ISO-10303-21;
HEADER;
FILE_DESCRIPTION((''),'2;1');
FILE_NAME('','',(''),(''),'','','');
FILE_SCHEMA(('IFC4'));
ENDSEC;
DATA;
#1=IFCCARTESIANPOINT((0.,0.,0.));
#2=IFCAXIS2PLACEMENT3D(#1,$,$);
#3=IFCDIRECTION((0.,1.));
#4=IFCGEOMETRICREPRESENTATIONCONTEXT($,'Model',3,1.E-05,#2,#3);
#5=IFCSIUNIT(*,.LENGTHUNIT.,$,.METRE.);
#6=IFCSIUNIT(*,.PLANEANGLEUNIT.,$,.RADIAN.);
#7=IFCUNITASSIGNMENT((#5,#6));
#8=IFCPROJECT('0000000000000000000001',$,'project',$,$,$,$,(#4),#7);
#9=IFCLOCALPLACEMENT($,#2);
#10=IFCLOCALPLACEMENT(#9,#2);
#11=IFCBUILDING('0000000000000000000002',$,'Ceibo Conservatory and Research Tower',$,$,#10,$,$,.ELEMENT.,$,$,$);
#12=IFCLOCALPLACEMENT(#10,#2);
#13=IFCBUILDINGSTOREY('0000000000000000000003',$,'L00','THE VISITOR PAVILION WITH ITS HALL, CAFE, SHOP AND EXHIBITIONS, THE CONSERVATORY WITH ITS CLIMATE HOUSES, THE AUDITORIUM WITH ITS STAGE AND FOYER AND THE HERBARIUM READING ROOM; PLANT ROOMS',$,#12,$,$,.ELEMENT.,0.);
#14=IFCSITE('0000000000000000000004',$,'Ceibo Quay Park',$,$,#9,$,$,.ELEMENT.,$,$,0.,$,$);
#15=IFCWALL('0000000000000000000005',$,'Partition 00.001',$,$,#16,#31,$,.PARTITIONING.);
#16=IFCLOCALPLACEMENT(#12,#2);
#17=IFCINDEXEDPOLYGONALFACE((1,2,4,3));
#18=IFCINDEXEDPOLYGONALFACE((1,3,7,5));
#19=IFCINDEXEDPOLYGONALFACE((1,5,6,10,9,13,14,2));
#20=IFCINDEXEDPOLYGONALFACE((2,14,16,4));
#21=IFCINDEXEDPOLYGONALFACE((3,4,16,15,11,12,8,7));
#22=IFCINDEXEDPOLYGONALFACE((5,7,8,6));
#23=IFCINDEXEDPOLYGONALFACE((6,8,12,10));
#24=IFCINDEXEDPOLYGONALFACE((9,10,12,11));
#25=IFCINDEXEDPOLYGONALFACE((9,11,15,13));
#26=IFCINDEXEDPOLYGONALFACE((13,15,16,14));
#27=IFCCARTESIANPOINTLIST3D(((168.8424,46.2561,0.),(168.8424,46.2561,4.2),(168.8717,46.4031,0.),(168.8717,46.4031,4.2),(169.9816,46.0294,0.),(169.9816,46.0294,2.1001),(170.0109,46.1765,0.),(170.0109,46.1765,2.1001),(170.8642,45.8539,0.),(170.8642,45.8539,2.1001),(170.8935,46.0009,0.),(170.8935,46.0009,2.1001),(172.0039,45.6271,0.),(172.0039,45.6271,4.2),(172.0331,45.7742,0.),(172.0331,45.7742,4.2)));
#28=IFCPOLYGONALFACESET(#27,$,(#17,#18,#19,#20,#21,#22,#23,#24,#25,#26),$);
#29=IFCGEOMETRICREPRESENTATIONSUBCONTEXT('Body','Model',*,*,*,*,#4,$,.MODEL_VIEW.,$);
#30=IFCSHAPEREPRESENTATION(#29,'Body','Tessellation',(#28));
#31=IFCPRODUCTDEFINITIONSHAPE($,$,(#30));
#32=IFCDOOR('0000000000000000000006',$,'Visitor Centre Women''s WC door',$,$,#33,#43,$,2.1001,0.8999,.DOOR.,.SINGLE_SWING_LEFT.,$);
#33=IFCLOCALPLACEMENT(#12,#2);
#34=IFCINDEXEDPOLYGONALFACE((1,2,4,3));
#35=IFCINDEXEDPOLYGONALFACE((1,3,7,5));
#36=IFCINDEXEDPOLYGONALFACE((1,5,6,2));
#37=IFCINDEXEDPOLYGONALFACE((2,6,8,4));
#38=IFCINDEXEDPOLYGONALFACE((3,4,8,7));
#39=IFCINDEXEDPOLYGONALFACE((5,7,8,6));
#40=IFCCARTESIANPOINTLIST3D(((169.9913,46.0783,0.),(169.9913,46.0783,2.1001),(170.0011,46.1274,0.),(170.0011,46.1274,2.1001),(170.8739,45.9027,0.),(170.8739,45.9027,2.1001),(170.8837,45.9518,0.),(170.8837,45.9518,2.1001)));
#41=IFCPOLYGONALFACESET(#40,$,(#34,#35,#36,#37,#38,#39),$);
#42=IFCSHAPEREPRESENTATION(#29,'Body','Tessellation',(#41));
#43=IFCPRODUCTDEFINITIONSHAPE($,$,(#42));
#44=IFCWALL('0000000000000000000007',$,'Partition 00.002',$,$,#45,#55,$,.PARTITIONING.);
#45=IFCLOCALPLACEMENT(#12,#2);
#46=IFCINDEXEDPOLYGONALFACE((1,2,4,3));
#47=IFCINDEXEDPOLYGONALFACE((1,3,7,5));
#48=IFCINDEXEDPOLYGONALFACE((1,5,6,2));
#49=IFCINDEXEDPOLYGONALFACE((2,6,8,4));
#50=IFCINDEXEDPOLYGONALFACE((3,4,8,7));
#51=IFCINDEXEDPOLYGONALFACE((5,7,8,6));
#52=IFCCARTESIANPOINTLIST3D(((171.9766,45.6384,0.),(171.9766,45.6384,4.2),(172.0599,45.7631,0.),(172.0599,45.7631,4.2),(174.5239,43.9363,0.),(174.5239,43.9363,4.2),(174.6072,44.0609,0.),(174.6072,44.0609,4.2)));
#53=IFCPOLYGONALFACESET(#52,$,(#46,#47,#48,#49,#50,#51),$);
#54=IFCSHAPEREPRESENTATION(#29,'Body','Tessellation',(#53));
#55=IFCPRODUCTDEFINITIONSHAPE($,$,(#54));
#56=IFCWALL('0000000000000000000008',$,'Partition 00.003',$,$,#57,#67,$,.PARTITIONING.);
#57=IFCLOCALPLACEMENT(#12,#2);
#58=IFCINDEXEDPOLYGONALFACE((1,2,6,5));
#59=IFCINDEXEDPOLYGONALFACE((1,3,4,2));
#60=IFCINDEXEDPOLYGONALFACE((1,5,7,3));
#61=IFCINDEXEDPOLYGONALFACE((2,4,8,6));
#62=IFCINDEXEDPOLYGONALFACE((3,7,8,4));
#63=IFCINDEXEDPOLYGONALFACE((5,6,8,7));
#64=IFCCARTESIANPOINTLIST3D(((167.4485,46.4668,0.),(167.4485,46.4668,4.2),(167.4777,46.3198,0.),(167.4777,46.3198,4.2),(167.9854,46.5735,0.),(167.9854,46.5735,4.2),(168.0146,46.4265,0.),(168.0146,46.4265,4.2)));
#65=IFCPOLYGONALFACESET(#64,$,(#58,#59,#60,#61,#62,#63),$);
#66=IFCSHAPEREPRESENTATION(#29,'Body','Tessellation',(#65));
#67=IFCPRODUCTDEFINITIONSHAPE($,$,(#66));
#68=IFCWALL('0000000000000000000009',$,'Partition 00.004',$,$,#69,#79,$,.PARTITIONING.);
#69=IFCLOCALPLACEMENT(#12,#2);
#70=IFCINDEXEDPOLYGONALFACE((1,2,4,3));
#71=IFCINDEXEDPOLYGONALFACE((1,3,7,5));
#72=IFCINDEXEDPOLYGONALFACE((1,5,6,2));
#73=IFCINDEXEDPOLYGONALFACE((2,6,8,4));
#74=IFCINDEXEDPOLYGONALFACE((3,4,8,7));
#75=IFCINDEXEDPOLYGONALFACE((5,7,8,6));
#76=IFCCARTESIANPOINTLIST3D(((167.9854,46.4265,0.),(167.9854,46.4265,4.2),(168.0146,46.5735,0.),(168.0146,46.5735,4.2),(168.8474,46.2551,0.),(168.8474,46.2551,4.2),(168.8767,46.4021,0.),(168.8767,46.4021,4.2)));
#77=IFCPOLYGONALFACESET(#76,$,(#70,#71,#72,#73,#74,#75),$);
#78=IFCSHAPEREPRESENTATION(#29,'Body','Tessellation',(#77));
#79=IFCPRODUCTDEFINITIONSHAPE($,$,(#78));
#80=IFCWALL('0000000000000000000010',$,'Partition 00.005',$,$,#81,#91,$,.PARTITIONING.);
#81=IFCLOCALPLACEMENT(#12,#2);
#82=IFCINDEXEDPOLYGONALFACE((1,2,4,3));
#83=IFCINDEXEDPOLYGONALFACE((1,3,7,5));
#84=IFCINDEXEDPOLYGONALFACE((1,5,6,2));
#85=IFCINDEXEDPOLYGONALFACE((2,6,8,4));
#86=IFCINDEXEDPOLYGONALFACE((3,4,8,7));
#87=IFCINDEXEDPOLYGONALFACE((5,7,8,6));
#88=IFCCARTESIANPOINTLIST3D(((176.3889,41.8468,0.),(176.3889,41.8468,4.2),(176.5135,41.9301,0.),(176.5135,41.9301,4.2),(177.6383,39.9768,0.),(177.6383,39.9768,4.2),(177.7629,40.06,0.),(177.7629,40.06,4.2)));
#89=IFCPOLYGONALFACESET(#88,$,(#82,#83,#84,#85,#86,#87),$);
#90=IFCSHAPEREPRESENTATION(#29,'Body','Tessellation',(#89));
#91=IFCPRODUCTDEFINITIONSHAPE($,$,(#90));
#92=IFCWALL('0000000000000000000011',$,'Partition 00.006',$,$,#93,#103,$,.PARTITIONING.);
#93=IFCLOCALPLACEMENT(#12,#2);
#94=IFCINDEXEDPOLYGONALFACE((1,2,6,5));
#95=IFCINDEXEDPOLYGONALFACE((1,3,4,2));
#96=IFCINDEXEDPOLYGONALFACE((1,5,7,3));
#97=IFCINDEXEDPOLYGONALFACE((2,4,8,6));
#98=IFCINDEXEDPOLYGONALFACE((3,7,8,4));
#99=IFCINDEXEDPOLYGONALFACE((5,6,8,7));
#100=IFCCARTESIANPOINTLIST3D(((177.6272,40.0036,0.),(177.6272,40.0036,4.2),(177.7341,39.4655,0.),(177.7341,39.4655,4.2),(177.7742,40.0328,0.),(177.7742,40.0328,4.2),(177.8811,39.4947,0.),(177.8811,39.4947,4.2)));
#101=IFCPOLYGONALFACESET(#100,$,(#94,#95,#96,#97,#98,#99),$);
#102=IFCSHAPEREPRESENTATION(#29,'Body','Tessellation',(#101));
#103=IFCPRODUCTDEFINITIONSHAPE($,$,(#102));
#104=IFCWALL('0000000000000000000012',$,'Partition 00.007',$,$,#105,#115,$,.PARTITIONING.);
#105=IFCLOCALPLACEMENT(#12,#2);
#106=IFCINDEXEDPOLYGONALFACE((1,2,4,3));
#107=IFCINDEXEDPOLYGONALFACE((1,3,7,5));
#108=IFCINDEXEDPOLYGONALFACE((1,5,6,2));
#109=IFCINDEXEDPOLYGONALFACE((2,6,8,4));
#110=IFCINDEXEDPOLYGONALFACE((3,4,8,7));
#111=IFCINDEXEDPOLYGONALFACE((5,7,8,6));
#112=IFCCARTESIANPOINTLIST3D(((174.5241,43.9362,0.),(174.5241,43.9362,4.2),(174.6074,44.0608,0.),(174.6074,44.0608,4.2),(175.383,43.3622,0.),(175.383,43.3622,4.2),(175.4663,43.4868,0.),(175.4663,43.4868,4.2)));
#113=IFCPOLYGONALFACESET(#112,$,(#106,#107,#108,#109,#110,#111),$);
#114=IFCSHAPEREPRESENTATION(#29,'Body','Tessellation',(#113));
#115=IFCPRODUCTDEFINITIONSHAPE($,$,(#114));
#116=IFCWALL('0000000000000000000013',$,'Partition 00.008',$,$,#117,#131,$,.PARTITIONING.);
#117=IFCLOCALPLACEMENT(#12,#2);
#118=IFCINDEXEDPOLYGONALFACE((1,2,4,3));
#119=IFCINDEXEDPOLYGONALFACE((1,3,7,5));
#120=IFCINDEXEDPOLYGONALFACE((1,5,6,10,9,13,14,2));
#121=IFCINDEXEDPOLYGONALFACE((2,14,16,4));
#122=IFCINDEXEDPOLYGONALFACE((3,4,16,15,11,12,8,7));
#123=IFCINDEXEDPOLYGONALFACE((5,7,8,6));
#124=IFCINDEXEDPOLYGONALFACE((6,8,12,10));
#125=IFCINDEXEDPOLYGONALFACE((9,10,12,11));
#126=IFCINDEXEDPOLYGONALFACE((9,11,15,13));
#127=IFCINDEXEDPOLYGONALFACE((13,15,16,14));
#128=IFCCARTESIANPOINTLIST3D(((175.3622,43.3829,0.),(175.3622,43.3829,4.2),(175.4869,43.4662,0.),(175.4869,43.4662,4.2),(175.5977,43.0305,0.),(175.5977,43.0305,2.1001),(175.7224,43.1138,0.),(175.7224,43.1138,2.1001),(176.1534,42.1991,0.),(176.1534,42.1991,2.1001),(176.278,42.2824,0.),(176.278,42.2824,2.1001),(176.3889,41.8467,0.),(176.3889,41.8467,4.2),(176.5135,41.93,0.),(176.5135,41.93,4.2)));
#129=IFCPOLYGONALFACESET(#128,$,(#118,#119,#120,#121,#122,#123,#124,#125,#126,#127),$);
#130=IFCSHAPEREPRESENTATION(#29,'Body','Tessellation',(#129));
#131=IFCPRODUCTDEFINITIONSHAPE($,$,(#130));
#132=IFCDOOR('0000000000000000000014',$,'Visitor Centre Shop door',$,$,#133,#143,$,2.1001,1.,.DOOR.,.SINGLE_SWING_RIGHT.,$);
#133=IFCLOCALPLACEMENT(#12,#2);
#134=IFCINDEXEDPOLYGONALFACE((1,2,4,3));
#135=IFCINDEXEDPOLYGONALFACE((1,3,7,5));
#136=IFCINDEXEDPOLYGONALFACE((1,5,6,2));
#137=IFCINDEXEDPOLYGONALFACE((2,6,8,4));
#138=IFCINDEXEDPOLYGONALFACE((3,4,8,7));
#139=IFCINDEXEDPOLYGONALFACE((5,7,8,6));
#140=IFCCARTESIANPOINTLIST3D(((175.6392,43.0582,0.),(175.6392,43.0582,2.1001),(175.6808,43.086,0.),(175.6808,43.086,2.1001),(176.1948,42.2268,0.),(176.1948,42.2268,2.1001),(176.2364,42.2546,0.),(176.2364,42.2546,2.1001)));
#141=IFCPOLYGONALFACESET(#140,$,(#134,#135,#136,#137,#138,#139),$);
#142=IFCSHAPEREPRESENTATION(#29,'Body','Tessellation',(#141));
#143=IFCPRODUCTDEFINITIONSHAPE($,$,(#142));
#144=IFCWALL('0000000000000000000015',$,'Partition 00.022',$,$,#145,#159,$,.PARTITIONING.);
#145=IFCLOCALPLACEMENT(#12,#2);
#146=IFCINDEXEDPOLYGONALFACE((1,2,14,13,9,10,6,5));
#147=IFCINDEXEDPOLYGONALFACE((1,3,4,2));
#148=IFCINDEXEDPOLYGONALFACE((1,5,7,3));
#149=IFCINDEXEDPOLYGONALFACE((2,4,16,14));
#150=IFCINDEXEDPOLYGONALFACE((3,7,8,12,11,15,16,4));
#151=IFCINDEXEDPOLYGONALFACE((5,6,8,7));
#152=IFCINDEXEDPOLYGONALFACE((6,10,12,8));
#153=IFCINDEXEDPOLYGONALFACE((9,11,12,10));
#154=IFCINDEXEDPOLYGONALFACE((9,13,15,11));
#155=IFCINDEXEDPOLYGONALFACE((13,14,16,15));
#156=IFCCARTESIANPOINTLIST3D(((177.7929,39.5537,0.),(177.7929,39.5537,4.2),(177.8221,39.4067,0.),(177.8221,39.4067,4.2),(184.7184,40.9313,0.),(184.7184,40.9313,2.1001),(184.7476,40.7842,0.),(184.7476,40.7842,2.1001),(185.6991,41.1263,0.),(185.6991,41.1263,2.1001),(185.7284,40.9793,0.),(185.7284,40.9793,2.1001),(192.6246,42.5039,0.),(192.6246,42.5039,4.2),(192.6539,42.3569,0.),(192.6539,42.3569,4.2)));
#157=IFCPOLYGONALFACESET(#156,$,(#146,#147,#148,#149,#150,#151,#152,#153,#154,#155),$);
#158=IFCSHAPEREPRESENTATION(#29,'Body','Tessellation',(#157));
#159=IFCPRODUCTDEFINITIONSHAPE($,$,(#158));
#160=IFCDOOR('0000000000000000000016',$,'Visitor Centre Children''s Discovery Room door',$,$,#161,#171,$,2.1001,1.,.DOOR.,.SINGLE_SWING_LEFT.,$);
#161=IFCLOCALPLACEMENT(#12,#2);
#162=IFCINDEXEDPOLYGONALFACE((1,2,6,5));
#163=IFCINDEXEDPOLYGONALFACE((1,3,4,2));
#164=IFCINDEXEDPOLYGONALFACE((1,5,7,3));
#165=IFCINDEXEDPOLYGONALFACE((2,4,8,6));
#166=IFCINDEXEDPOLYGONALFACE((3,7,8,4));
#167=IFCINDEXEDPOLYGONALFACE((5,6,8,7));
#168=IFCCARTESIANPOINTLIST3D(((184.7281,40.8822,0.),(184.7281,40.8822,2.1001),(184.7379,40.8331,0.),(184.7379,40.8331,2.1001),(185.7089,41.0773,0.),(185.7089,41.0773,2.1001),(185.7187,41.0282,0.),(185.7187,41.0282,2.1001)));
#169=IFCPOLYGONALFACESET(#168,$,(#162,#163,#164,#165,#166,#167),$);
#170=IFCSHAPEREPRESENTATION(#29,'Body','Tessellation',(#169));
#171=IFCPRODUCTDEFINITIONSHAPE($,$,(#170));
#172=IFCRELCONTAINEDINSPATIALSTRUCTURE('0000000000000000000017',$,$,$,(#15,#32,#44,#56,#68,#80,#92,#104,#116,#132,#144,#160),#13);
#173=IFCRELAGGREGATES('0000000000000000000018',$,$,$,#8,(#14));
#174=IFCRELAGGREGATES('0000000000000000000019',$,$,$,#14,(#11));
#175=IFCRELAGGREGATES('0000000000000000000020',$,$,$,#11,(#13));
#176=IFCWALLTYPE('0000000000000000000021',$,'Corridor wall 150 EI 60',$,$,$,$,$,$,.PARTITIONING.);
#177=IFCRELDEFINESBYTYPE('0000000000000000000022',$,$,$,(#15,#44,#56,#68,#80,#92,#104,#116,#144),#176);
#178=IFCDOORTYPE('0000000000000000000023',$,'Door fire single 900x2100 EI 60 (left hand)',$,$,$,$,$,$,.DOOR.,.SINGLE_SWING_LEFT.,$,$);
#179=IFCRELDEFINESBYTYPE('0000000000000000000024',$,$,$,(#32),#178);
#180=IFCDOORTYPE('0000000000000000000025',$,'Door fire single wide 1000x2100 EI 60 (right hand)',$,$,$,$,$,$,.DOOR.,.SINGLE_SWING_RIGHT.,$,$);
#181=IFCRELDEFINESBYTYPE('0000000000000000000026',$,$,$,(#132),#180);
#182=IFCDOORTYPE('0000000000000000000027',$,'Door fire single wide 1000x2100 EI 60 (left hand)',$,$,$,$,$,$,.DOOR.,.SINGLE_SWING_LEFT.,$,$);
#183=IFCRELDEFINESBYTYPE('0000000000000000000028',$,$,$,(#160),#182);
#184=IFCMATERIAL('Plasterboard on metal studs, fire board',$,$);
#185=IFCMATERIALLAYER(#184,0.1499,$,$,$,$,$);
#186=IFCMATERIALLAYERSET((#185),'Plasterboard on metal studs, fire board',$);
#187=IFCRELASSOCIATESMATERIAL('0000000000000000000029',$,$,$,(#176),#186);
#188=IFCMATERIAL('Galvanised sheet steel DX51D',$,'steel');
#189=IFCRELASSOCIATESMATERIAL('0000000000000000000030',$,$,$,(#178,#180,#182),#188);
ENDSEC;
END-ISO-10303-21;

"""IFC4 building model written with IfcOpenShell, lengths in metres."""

from ifc_helpers import new_model, si_unit, direction, frame, frame_2d, origin, place, context, subcontext, project, spatial, rectangle, extrude, material, layer, layer_set, type_object, element, fill, save


model = new_model("IFC4")

# Units and contexts
model_context = context("Model", 3, precision=1e-05, world=origin(), true_north=direction((0.0, 1.0)))
body_context = subcontext(model_context, "Body", "Model", "MODEL_VIEW")
ifc_project = project(units=[si_unit("LENGTHUNIT", "METRE"), si_unit("PLANEANGLEUNIT", "RADIAN")], contexts=[model_context])

# Site, building, storey
site_placement = place(None, origin())
site = spatial("IfcSite", under=ifc_project, at=site_placement, Name="Ceibo Quay Park", CompositionType="ELEMENT", RefElevation=0.0)
building_placement = place(site_placement, origin())
building = spatial("IfcBuilding", under=site, at=building_placement, Name="Ceibo Conservatory and Research Tower", CompositionType="ELEMENT")
storey_placement = place(building_placement, origin())
storey = spatial("IfcBuildingStorey", under=building, at=storey_placement, Name="L00", Description="THE VISITOR PAVILION WITH ITS HALL, CAFE, SHOP AND EXHIBITIONS, THE CONSERVATORY WITH ITS CLIMATE HOUSES, THE AUDITORIUM WITH ITS STAGE AND FOYER AND THE HERBARIUM READING ROOM; PLANT ROOMS", CompositionType="ELEMENT", Elevation=0.0)

# Wall, opening, door
ifc_material_1 = material(Name="Plasterboard on metal studs, fire board")
ifc_layer = layer(ifc_material_1, 0.1499)
ifc_layer_set = layer_set([ifc_layer], Name="Plasterboard on metal studs, fire board")
wall_type = type_object("IfcWallType", Name="Corridor wall 150 EI 60", PredefinedType="PARTITIONING", material=ifc_layer_set)
wall_1_placement = place(storey_placement, frame((168.8569, 46.3296, 0.0), z_axis=(0.0, 0.0, 1.0), x_axis=(0.980781, -0.195111, 0.0)))
wall_1 = element("IfcWall", 1, at=wall_1_placement, inside=storey, type_object=wall_type, Name="Partition 00.001", PredefinedType="PARTITIONING", context=body_context, shape_type="SweptSolid", body=[
    extrude(rectangle(XDim=3.2234, YDim=0.1499, at=frame_2d((1.6118, 0.0))), origin(), (0.0, 0.0, 1.0), 4.2),
])
opening_1_placement = place(wall_1_placement, frame((1.1616, 0.0, 0.0)))
opening_1 = element("IfcOpeningElement", 2, at=opening_1_placement, cuts=wall_1, PredefinedType="OPENING", context=body_context, shape_type="SweptSolid", body=[
    extrude(rectangle(XDim=0.8999, YDim=2.1001, at=frame_2d((0.45, 1.05))), frame((0.0, 0.085, 0.0), z_axis=(0.0, -1.0, 0.0), x_axis=(1.0, 0.0, 0.0)), (0.0, 0.0, 1.0), 0.1699),
])
ifc_material_2 = material(Name="Galvanised sheet steel DX51D", Category="steel")
door_type_1 = type_object("IfcDoorType", Name="Door fire single 900x2100 EI 60 (left hand)", OperationType="SINGLE_SWING_LEFT", PredefinedType="DOOR", material=ifc_material_2)
door_1_placement = place(opening_1_placement, origin())
door_1 = element("IfcDoor", 3, at=door_1_placement, inside=storey, type_object=door_type_1, Name="Visitor Centre Women's WC door", OperationType="SINGLE_SWING_LEFT", OverallHeight=2.1001, OverallWidth=0.8999, PredefinedType="DOOR", context=body_context, shape_type="SweptSolid", body=[
    extrude(rectangle(XDim=0.8999, YDim=2.1001, at=frame_2d((0.45, 1.05))), frame((0.0, 0.0249, 0.0), z_axis=(0.0, -1.0, 0.0), x_axis=(1.0, 0.0, 0.0)), (0.0, 0.0, 1.0), 0.05),
])
fill(opening_1, door_1)

# Walls
wall_2_placement = place(storey_placement, frame((172.0183, 45.7007, 0.0), z_axis=(0.0, 0.0, 1.0), x_axis=(0.831461, -0.555583, 0.0)))
element("IfcWall", 4, at=wall_2_placement, inside=storey, type_object=wall_type, Name="Partition 00.002", PredefinedType="PARTITIONING", context=body_context, shape_type="SweptSolid", body=[
    extrude(rectangle(XDim=3.0637, YDim=0.1499, at=frame_2d((1.5317, 0.0))), origin(), (0.0, 0.0, 1.0), 4.2),
])
wall_3_placement = place(storey_placement, frame((167.4631, 46.3933, 0.0), z_axis=(0.0, 0.0, 1.0), x_axis=(0.98082, 0.194915, 0.0)))
element("IfcWall", 5, at=wall_3_placement, inside=storey, type_object=wall_type, Name="Partition 00.003", PredefinedType="PARTITIONING", context=body_context, shape_type="SweptSolid", body=[
    extrude(rectangle(XDim=0.5474, YDim=0.1499, at=frame_2d((0.2737, 0.0))), origin(), (0.0, 0.0, 1.0), 4.2),
])
wall_4_placement = place(storey_placement, frame((168.0, 46.5, 0.0), z_axis=(0.0, 0.0, 1.0), x_axis=(0.980804, -0.194994, 0.0)))
element("IfcWall", 6, at=wall_4_placement, inside=storey, type_object=wall_type, Name="Partition 00.004", PredefinedType="PARTITIONING", context=body_context, shape_type="SweptSolid", body=[
    extrude(rectangle(XDim=0.8789, YDim=0.1499, at=frame_2d((0.4395, 0.0))), origin(), (0.0, 0.0, 1.0), 4.2),
])
wall_5_placement = place(storey_placement, frame((176.4512, 41.8884, 0.0), z_axis=(0.0, 0.0, 1.0), x_axis=(0.555552, -0.831482, 0.0)))
element("IfcWall", 7, at=wall_5_placement, inside=storey, type_object=wall_type, Name="Partition 00.005", PredefinedType="PARTITIONING", context=body_context, shape_type="SweptSolid", body=[
    extrude(rectangle(XDim=2.249, YDim=0.1499, at=frame_2d((1.1245, 0.0))), origin(), (0.0, 0.0, 1.0), 4.2),
])
wall_6_placement = place(storey_placement, frame((177.7007, 40.0183, 0.0), z_axis=(0.0, 0.0, 1.0), x_axis=(0.194918, -0.98082, 0.0)))
element("IfcWall", 8, at=wall_6_placement, inside=storey, type_object=wall_type, Name="Partition 00.006", PredefinedType="PARTITIONING", context=body_context, shape_type="SweptSolid", body=[
    extrude(rectangle(XDim=0.5486, YDim=0.1499, at=frame_2d((0.2744, 0.0))), origin(), (0.0, 0.0, 1.0), 4.2),
])
wall_7_placement = place(storey_placement, frame((174.5657, 43.9985, 0.0), z_axis=(0.0, 0.0, 1.0), x_axis=(0.831432, -0.555627, 0.0)))
element("IfcWall", 9, at=wall_7_placement, inside=storey, type_object=wall_type, Name="Partition 00.007", PredefinedType="PARTITIONING", context=body_context, shape_type="SweptSolid", body=[
    extrude(rectangle(XDim=1.033, YDim=0.1499, at=frame_2d((0.5166, 0.0))), origin(), (0.0, 0.0, 1.0), 4.2),
])

# Walls, openings, doors
wall_8_placement = place(storey_placement, frame((175.4246, 43.4246, 0.0), z_axis=(0.0, 0.0, 1.0), x_axis=(0.555645, -0.83142, 0.0)))
wall_8 = element("IfcWall", 10, at=wall_8_placement, inside=storey, type_object=wall_type, Name="Partition 00.008", PredefinedType="PARTITIONING", context=body_context, shape_type="SweptSolid", body=[
    extrude(rectangle(XDim=1.8477, YDim=0.1499, at=frame_2d((0.9238, 0.0))), origin(), (0.0, 0.0, 1.0), 4.2),
])
opening_2_placement = place(wall_8_placement, frame((0.4238, 0.0, 0.0)))
opening_2 = element("IfcOpeningElement", 11, at=opening_2_placement, cuts=wall_8, PredefinedType="OPENING", context=body_context, shape_type="SweptSolid", body=[
    extrude(rectangle(XDim=1.0, YDim=2.1001, at=frame_2d((0.5, 1.05))), frame((0.0, 0.085, 0.0), z_axis=(0.0, -1.0, 0.0), x_axis=(1.0, 0.0, 0.0)), (0.0, 0.0, 1.0), 0.1699),
])
door_type_2 = type_object("IfcDoorType", Name="Door fire single wide 1000x2100 EI 60 (right hand)", OperationType="SINGLE_SWING_RIGHT", PredefinedType="DOOR", material=ifc_material_2)
door_2_placement = place(opening_2_placement, origin())
door_2 = element("IfcDoor", 12, at=door_2_placement, inside=storey, type_object=door_type_2, Name="Visitor Centre Shop door", OperationType="SINGLE_SWING_RIGHT", OverallHeight=2.1001, OverallWidth=1.0, PredefinedType="DOOR", context=body_context, shape_type="SweptSolid", body=[
    extrude(rectangle(XDim=1.0, YDim=2.1001, at=frame_2d((0.5, 1.05))), frame((0.0, 0.0249, 0.0), z_axis=(0.0, -1.0, 0.0), x_axis=(1.0, 0.0, 0.0)), (0.0, 0.0, 1.0), 0.05),
])
fill(opening_2, door_2)
wall_9_placement = place(storey_placement, frame((177.8076, 39.4802, 0.0), z_axis=(0.0, 0.0, 1.0), x_axis=(0.980786, 0.195088, 0.0)))
wall_9 = element("IfcWall", 13, at=wall_9_placement, inside=storey, type_object=wall_type, Name="Partition 00.022", PredefinedType="PARTITIONING", context=body_context, shape_type="SweptSolid", body=[
    extrude(rectangle(XDim=15.1223, YDim=0.1499, at=frame_2d((7.561, 0.0))), origin(), (0.0, 0.0, 1.0), 4.2),
])
opening_3_placement = place(wall_9_placement, frame((7.061, 0.0, 0.0)))
opening_3 = element("IfcOpeningElement", 14, at=opening_3_placement, cuts=wall_9, PredefinedType="OPENING", context=body_context, shape_type="SweptSolid", body=[
    extrude(rectangle(XDim=1.0, YDim=2.1001, at=frame_2d((0.5, 1.05))), frame((0.0, 0.085, 0.0), z_axis=(0.0, -1.0, 0.0), x_axis=(1.0, 0.0, 0.0)), (0.0, 0.0, 1.0), 0.1699),
])
door_type_3 = type_object("IfcDoorType", Name="Door fire single wide 1000x2100 EI 60 (left hand)", OperationType="SINGLE_SWING_LEFT", PredefinedType="DOOR", material=ifc_material_2)
door_3_placement = place(opening_3_placement, origin())
door_3 = element("IfcDoor", 15, at=door_3_placement, inside=storey, type_object=door_type_3, Name="Visitor Centre Children's Discovery Room door", OperationType="SINGLE_SWING_LEFT", OverallHeight=2.1001, OverallWidth=1.0, PredefinedType="DOOR", context=body_context, shape_type="SweptSolid", body=[
    extrude(rectangle(XDim=1.0, YDim=2.1001, at=frame_2d((0.5, 1.05))), frame((0.0, 0.0249, 0.0), z_axis=(0.0, -1.0, 0.0), x_axis=(1.0, 0.0, 0.0)), (0.0, 0.0, 1.0), 0.05),
])
fill(opening_3, door_3)

save(model, "model.ifc")
